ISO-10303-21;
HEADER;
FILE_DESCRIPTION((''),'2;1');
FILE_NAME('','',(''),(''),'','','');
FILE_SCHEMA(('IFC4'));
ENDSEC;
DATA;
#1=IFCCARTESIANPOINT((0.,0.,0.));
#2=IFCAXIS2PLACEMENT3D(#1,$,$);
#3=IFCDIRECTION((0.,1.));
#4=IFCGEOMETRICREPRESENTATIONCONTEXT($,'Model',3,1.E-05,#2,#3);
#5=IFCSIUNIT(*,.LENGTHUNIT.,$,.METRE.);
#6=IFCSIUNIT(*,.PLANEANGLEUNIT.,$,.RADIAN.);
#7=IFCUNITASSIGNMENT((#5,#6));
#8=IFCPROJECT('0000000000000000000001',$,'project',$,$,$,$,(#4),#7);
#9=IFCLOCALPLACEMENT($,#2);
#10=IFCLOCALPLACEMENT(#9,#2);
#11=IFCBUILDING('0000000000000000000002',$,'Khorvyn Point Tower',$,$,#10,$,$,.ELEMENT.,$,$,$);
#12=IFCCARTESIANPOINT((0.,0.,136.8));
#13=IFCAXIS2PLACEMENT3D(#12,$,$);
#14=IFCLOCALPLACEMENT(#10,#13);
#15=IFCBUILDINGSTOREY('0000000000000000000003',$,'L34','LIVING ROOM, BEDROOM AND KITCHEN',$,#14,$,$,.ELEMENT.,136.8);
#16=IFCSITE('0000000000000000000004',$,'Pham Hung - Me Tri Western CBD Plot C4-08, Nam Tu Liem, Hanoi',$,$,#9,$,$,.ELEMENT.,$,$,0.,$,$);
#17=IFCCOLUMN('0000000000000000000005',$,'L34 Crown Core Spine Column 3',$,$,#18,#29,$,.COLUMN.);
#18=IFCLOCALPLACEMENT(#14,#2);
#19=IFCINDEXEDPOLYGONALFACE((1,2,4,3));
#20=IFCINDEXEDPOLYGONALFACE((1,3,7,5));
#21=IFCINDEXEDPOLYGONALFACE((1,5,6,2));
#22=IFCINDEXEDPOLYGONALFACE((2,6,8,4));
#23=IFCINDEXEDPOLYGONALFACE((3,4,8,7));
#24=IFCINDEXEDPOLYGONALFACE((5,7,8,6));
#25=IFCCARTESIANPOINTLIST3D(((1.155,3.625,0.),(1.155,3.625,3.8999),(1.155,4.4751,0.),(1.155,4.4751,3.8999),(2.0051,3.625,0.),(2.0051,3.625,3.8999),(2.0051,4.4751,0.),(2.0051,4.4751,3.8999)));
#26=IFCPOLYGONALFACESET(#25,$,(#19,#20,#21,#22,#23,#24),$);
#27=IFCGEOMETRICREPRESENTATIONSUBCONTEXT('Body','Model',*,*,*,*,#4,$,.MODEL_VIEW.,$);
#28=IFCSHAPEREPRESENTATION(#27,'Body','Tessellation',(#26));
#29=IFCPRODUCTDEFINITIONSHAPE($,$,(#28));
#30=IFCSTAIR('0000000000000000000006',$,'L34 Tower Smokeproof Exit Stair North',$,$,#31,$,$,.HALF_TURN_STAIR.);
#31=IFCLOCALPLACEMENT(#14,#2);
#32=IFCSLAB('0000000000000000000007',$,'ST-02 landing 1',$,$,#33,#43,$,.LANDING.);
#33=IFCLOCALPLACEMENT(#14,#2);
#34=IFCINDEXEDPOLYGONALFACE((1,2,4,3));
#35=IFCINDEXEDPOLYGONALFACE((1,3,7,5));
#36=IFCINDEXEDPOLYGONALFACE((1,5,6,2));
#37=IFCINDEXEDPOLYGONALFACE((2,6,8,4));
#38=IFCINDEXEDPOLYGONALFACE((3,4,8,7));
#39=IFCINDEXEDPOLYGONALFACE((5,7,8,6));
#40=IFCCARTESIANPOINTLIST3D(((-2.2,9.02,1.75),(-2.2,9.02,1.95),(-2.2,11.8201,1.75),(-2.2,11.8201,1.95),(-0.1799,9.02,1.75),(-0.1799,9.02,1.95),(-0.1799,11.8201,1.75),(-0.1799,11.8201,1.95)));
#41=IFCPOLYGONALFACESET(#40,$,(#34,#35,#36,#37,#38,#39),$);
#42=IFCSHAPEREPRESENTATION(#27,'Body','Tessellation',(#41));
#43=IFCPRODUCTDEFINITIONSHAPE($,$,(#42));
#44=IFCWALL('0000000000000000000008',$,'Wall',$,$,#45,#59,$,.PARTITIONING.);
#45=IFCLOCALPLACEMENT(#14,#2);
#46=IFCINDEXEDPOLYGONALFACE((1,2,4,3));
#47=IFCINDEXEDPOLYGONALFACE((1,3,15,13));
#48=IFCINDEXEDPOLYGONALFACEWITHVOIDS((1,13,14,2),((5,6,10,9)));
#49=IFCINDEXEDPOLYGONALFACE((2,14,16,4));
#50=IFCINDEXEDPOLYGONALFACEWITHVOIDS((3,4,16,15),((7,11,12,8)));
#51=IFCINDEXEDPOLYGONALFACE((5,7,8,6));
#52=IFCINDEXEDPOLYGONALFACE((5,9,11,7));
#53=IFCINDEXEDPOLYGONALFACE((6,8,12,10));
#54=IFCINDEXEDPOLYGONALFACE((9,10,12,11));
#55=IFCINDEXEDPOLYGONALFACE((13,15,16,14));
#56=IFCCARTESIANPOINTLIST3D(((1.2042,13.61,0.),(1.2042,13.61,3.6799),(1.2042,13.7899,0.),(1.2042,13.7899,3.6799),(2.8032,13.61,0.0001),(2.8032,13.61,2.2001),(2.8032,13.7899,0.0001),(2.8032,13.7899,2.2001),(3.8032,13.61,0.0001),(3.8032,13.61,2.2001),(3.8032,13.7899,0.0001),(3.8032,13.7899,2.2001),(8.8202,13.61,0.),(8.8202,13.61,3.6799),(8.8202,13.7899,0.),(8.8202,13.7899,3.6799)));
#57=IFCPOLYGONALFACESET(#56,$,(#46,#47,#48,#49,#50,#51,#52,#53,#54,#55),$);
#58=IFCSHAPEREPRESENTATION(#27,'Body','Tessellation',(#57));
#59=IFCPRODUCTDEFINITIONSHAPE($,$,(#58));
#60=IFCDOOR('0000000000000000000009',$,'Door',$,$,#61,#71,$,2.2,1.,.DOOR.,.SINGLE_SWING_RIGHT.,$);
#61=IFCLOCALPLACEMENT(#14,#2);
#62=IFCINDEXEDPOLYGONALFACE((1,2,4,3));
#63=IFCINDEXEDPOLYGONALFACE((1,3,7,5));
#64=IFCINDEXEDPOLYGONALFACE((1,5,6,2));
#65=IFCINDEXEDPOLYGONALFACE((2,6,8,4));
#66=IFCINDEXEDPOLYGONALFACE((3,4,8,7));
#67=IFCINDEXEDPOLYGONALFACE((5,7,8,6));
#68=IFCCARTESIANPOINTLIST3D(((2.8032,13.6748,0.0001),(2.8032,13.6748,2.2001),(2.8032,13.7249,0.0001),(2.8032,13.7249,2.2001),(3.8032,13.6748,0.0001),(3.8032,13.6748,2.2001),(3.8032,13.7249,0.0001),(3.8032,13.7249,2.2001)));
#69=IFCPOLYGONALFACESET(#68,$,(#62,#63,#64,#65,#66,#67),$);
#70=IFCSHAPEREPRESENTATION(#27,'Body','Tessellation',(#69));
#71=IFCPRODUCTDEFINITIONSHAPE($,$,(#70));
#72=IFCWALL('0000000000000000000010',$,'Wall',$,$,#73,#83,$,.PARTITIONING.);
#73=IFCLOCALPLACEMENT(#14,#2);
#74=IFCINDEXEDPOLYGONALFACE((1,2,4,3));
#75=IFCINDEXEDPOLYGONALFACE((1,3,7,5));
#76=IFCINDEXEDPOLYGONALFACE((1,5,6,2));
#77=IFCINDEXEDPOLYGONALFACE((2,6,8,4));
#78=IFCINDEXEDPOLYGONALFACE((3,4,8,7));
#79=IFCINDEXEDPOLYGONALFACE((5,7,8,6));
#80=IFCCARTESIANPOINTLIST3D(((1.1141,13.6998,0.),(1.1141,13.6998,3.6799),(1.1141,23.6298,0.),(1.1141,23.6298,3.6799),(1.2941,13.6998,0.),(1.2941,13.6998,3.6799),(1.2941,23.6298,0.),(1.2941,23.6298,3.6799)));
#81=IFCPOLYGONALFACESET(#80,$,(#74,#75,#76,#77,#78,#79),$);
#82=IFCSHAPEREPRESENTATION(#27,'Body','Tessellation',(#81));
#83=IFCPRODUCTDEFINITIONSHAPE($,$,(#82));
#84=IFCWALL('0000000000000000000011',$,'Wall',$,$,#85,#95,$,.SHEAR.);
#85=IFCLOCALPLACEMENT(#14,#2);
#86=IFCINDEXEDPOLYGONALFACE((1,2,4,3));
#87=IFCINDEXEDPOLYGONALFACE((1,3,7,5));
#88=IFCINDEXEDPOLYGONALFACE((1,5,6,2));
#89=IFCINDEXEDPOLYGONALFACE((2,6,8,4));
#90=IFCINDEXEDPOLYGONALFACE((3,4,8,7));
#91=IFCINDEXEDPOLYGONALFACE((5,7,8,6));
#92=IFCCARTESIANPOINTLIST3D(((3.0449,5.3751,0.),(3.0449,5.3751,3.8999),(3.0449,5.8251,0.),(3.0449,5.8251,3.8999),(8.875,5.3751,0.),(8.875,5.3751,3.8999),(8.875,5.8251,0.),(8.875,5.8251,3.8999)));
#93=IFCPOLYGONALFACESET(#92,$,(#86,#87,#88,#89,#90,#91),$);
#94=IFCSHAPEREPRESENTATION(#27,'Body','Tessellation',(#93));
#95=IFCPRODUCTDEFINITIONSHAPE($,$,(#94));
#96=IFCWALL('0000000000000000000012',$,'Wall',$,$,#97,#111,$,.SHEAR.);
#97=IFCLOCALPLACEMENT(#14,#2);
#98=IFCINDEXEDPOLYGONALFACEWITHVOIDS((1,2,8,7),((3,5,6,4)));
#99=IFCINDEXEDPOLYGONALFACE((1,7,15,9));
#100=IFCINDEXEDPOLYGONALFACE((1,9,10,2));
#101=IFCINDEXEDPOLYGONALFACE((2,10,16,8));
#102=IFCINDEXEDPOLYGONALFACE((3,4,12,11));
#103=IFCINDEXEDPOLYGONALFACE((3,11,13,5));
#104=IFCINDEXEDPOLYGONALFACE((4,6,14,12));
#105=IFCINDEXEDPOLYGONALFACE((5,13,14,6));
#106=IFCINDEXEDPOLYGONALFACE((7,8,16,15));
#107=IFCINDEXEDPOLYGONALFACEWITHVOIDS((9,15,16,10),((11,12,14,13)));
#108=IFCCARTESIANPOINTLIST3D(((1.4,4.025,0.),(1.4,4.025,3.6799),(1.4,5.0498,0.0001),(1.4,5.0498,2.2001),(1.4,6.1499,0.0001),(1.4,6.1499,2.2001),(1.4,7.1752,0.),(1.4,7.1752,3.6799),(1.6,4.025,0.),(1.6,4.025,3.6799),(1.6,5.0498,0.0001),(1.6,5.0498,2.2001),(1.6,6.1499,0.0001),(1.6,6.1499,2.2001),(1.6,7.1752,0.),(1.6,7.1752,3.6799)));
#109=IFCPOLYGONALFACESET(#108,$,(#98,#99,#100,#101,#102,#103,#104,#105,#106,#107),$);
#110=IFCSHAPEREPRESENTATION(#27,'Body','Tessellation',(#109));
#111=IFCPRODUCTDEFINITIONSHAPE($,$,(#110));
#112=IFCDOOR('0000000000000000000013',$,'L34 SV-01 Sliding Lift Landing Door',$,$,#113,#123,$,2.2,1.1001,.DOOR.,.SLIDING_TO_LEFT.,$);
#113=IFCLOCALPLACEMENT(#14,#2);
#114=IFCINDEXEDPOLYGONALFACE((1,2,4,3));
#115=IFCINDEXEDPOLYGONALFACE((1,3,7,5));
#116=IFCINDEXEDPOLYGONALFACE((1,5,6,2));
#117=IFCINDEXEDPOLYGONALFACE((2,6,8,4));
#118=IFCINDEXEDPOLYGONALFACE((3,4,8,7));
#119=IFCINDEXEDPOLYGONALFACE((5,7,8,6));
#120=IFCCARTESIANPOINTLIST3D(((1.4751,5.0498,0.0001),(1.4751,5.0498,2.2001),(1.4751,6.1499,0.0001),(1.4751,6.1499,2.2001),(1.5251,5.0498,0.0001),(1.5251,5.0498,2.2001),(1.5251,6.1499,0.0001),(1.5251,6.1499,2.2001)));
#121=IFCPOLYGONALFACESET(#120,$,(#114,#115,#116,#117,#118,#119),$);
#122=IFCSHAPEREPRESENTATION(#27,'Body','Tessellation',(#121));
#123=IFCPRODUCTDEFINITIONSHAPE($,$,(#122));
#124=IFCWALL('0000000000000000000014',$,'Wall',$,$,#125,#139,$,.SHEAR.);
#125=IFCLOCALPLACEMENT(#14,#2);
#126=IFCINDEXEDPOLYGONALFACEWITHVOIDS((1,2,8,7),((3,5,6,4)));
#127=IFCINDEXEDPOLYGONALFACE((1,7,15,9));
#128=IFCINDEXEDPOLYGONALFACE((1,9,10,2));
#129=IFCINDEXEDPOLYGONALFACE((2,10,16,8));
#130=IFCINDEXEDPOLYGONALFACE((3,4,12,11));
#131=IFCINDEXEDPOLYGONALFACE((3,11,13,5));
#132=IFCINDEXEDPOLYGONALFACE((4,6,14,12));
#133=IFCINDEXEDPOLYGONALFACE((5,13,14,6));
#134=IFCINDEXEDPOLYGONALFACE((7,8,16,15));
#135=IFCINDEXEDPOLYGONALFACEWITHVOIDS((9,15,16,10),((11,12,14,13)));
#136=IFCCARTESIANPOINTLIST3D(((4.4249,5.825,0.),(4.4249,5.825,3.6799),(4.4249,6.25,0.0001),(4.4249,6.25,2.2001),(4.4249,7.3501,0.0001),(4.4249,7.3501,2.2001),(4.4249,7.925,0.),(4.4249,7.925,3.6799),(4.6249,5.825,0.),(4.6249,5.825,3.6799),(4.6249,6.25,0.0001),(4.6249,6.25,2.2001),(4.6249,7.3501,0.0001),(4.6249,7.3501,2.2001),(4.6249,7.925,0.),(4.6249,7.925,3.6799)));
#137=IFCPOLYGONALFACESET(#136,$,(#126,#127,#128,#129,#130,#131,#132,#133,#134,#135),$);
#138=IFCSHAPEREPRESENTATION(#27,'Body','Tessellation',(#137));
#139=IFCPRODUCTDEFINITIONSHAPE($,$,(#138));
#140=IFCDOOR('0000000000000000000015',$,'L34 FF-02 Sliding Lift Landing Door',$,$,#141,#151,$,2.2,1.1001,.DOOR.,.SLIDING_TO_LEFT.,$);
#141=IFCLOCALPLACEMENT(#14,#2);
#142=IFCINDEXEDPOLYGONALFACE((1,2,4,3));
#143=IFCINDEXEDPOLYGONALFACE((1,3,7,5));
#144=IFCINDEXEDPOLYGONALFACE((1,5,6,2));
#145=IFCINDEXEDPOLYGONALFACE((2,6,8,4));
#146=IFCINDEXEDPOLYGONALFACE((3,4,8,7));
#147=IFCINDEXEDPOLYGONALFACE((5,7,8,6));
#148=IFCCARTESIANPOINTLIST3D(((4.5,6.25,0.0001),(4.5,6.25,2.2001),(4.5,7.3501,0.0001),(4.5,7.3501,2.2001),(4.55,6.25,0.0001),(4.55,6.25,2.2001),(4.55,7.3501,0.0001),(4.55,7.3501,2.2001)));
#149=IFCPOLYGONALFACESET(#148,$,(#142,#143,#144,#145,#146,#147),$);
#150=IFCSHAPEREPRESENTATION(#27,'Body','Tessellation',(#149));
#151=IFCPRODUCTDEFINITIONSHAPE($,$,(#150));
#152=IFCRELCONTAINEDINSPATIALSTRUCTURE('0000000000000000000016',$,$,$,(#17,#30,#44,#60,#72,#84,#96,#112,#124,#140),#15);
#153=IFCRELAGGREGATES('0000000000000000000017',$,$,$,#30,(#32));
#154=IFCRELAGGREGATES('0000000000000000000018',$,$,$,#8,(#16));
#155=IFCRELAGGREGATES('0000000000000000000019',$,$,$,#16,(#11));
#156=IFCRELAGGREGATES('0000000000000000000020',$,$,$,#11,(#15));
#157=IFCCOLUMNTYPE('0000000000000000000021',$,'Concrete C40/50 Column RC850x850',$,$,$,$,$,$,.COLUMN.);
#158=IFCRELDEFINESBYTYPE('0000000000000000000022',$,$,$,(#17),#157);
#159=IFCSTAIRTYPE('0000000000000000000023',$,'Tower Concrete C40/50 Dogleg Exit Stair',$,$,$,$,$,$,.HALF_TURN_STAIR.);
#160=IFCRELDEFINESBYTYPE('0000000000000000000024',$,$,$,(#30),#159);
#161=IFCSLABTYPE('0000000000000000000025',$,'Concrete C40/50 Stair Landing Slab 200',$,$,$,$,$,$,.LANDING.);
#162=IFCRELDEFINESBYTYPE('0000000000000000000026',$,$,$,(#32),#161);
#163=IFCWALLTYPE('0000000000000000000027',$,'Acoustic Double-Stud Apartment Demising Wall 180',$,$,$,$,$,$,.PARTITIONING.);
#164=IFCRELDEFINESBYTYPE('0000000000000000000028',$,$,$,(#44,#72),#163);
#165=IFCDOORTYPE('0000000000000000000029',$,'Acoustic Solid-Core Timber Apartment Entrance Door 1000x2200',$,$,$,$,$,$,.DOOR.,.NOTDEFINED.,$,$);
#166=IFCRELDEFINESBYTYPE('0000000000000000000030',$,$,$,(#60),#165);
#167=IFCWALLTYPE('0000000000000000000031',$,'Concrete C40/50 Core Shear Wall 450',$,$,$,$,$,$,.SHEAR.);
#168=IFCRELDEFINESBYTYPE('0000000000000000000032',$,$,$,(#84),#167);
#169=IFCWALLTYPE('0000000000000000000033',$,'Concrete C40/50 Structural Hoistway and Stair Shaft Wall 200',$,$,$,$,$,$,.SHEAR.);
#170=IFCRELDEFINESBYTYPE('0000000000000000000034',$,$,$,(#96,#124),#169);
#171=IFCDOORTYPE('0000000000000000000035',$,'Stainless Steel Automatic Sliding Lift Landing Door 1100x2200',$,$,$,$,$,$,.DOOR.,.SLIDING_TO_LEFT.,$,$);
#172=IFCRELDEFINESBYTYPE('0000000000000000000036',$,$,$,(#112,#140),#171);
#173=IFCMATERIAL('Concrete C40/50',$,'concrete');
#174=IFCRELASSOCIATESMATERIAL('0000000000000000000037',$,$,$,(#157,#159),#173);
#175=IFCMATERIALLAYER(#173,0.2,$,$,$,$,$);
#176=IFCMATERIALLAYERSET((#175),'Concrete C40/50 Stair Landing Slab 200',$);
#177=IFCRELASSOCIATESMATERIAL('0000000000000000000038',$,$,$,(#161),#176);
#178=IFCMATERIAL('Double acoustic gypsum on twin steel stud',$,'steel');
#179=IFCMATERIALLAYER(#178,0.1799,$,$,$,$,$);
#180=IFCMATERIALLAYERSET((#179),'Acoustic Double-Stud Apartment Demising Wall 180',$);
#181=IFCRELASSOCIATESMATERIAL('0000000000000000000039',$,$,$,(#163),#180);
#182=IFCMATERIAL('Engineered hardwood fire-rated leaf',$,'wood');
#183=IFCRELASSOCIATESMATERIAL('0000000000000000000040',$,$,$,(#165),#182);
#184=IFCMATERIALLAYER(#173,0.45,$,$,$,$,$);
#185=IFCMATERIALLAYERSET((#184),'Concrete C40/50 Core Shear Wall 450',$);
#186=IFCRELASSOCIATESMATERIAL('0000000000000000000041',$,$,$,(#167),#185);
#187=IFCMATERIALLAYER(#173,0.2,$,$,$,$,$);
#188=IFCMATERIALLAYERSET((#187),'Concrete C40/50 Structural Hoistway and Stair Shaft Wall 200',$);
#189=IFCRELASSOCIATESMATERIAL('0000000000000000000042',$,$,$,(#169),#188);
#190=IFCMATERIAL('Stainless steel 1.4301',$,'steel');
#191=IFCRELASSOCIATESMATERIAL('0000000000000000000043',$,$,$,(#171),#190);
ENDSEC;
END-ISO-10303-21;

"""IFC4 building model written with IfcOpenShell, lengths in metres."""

from ifc_helpers import new_model, si_unit, direction, frame, frame_2d, origin, origin_2d, place, context, subcontext, project, spatial, polyline, rectangle, outline, extrude, material, layer, layer_set, material_profile, profile_set, type_object, element, fill, aggregate, save


model = new_model("IFC4")

# Units and contexts
model_context = context("Model", 3, precision=1e-05, world=origin(), true_north=direction((0.0, 1.0)))
body_context = subcontext(model_context, "Body", "Model", "MODEL_VIEW")
ifc_project = project(units=[si_unit("LENGTHUNIT", "METRE"), si_unit("PLANEANGLEUNIT", "RADIAN")], contexts=[model_context])

# Site, building, storey
site_placement = place(None, origin())
site = spatial("IfcSite", under=ifc_project, at=site_placement, Name="Pham Hung - Me Tri Western CBD Plot C4-08, Nam Tu Liem, Hanoi", CompositionType="ELEMENT", RefElevation=0.0)
building_placement = place(site_placement, origin())
building = spatial("IfcBuilding", under=site, at=building_placement, Name="Khorvyn Point Tower", CompositionType="ELEMENT")
storey_placement = place(building_placement, frame((0.0, 0.0, 136.8)))
storey = spatial("IfcBuildingStorey", under=building, at=storey_placement, Name="L34", Description="LIVING ROOM, BEDROOM AND KITCHEN", CompositionType="ELEMENT", Elevation=136.8)

# Column
ifc_material_1 = material(Name="Concrete C40/50", Category="concrete")
ifc_material_profile = material_profile(ifc_material_1, rectangle(XDim=0.8501, YDim=0.8501, at=origin_2d()))
ifc_profile_set = profile_set([ifc_material_profile], Name="Concrete C40/50 RC850x850")
column_type = type_object("IfcColumnType", Name="Concrete C40/50 Column RC850x850", PredefinedType="COLUMN", material=ifc_profile_set)
column_placement = place(storey_placement, frame((1.5801, 4.05, 0.0), z_axis=(0.0, 0.0, 1.0), x_axis=(1.0, 0.0, 0.0)))
element("IfcColumn", 1, at=column_placement, inside=storey, type_object=column_type, Name="L34 Crown Core Spine Column 3", PredefinedType="COLUMN", context=body_context, shape_type="SweptSolid", body=[
    extrude(rectangle(XDim=0.8501, YDim=0.8501, at=origin_2d()), origin(), (0.0, 0.0, 1.0), 3.8999),
])

# Stair, slab
stair_type = type_object("IfcStairType", Name="Tower Concrete C40/50 Dogleg Exit Stair", PredefinedType="HALF_TURN_STAIR", material=ifc_material_1)
stair_placement = place(storey_placement, origin())
stair = element("IfcStair", 2, at=stair_placement, inside=storey, type_object=stair_type, Name="L34 Tower Smokeproof Exit Stair North", PredefinedType="HALF_TURN_STAIR")
ifc_layer_1 = layer(ifc_material_1, 0.2)
ifc_layer_set_1 = layer_set([ifc_layer_1], Name="Concrete C40/50 Stair Landing Slab 200")
slab_type = type_object("IfcSlabType", Name="Concrete C40/50 Stair Landing Slab 200", PredefinedType="LANDING", material=ifc_layer_set_1)
slab_placement = place(storey_placement, frame((0.0, 0.0, 1.75)))
slab = element("IfcSlab", 3, at=slab_placement, type_object=slab_type, Name="ST-02 landing 1", PredefinedType="LANDING", context=body_context, shape_type="SweptSolid", body=[
    extrude(outline(polyline([(-0.1799, 11.8201), (-2.2, 11.8201), (-2.2, 9.02), (-0.1799, 9.02), (-0.1799, 11.8201)])), origin(), (0.0, 0.0, 1.0), 0.2),
])

# Wall, opening, door
ifc_material_2 = material(Name="Double acoustic gypsum on twin steel stud", Category="steel")
ifc_layer_2 = layer(ifc_material_2, 0.1799)
ifc_layer_set_2 = layer_set([ifc_layer_2], Name="Acoustic Double-Stud Apartment Demising Wall 180")
wall_type_1 = type_object("IfcWallType", Name="Acoustic Double-Stud Apartment Demising Wall 180", PredefinedType="PARTITIONING", material=ifc_layer_set_2)
wall_1_placement = place(storey_placement, frame((1.2041, 13.7, 0.0), z_axis=(0.0, 0.0, 1.0), x_axis=(1.0, 0.0, 0.0)))
wall_1 = element("IfcWall", 4, at=wall_1_placement, inside=storey, type_object=wall_type_1, Name="Wall", PredefinedType="PARTITIONING", context=body_context, shape_type="SweptSolid", body=[
    extrude(rectangle(XDim=7.616, YDim=0.1799, at=frame_2d((3.8081, 0.0))), origin(), (0.0, 0.0, 1.0), 3.6799),
])
opening_1_placement = place(wall_1_placement, frame((1.5991, 0.0, 0.0)))
opening_1 = element("IfcOpeningElement", 5, at=opening_1_placement, cuts=wall_1, PredefinedType="OPENING", context=body_context, shape_type="SweptSolid", body=[
    extrude(rectangle(XDim=1.0, YDim=2.2, at=frame_2d((0.5, 1.1001))), frame((0.0, 0.0999, 0.0), z_axis=(0.0, -1.0, 0.0), x_axis=(1.0, 0.0, 0.0)), (0.0, 0.0, 1.0), 0.2),
])
ifc_material_3 = material(Name="Engineered hardwood fire-rated leaf", Category="wood")
door_type_1 = type_object("IfcDoorType", Name="Acoustic Solid-Core Timber Apartment Entrance Door 1000x2200", OperationType="NOTDEFINED", PredefinedType="DOOR", material=ifc_material_3)
door_1_placement = place(opening_1_placement, origin())
door_1 = element("IfcDoor", 6, at=door_1_placement, inside=storey, type_object=door_type_1, Name="Door", OperationType="SINGLE_SWING_RIGHT", OverallHeight=2.2, OverallWidth=1.0, PredefinedType="DOOR", context=body_context, shape_type="SweptSolid", body=[
    extrude(rectangle(XDim=1.0, YDim=2.2, at=frame_2d((0.5, 1.1001))), frame((0.0, 0.0249, 0.0), z_axis=(0.0, -1.0, 0.0), x_axis=(1.0, 0.0, 0.0)), (0.0, 0.0, 1.0), 0.05),
])
fill(opening_1, door_1)

# Walls
wall_2_placement = place(storey_placement, frame((1.2041, 13.7, 0.0), z_axis=(0.0, 0.0, 1.0), x_axis=(0.0, 1.0, 0.0)))
element("IfcWall", 7, at=wall_2_placement, inside=storey, type_object=wall_type_1, Name="Wall", PredefinedType="PARTITIONING", context=body_context, shape_type="SweptSolid", body=[
    extrude(rectangle(XDim=9.9299, YDim=0.1799, at=frame_2d((4.9648, 0.0))), origin(), (0.0, 0.0, 1.0), 3.6799),
])
ifc_layer_3 = layer(ifc_material_1, 0.45)
ifc_layer_set_3 = layer_set([ifc_layer_3], Name="Concrete C40/50 Core Shear Wall 450")
wall_type_2 = type_object("IfcWallType", Name="Concrete C40/50 Core Shear Wall 450", PredefinedType="SHEAR", material=ifc_layer_set_3)
wall_3_placement = place(storey_placement, frame((3.0449, 5.6001, 0.0), z_axis=(0.0, 0.0, 1.0), x_axis=(1.0, 0.0, 0.0)))
element("IfcWall", 8, at=wall_3_placement, inside=storey, type_object=wall_type_2, Name="Wall", PredefinedType="SHEAR", context=body_context, shape_type="SweptSolid", body=[
    extrude(rectangle(XDim=5.8301, YDim=0.45, at=frame_2d((2.915, 0.0))), origin(), (0.0, 0.0, 1.0), 3.8999),
])

# Walls, openings, doors
ifc_layer_4 = layer(ifc_material_1, 0.2)
ifc_layer_set_4 = layer_set([ifc_layer_4], Name="Concrete C40/50 Structural Hoistway and Stair Shaft Wall 200")
wall_type_3 = type_object("IfcWallType", Name="Concrete C40/50 Structural Hoistway and Stair Shaft Wall 200", PredefinedType="SHEAR", material=ifc_layer_set_4)
wall_4_placement = place(storey_placement, frame((1.5, 4.0249, 0.0), z_axis=(0.0, 0.0, 1.0), x_axis=(0.0, 1.0, 0.0)))
wall_4 = element("IfcWall", 9, at=wall_4_placement, inside=storey, type_object=wall_type_3, Name="Wall", PredefinedType="SHEAR", context=body_context, shape_type="SweptSolid", body=[
    extrude(rectangle(XDim=3.1501, YDim=0.2, at=frame_2d((1.5752, 0.0))), origin(), (0.0, 0.0, 1.0), 3.6799),
])
opening_2_placement = place(wall_4_placement, frame((1.0249, 0.0, 0.0)))
opening_2 = element("IfcOpeningElement", 10, at=opening_2_placement, cuts=wall_4, PredefinedType="OPENING", context=body_context, shape_type="SweptSolid", body=[
    extrude(rectangle(XDim=1.1001, YDim=2.2, at=frame_2d((0.55, 1.1001))), frame((0.0, 0.1099, 0.0), z_axis=(0.0, -1.0, 0.0), x_axis=(1.0, 0.0, 0.0)), (0.0, 0.0, 1.0), 0.22),
])
ifc_material_4 = material(Name="Stainless steel 1.4301", Category="steel")
door_type_2 = type_object("IfcDoorType", Name="Stainless Steel Automatic Sliding Lift Landing Door 1100x2200", OperationType="SLIDING_TO_LEFT", PredefinedType="DOOR", material=ifc_material_4)
door_2_placement = place(opening_2_placement, origin())
door_2 = element("IfcDoor", 11, at=door_2_placement, inside=storey, type_object=door_type_2, Name="L34 SV-01 Sliding Lift Landing Door", OperationType="SLIDING_TO_LEFT", OverallHeight=2.2, OverallWidth=1.1001, PredefinedType="DOOR", context=body_context, shape_type="SweptSolid", body=[
    extrude(rectangle(XDim=1.1001, YDim=2.2, at=frame_2d((0.55, 1.1001))), frame((0.0, 0.0249, 0.0), z_axis=(0.0, -1.0, 0.0), x_axis=(1.0, 0.0, 0.0)), (0.0, 0.0, 1.0), 0.05),
])
fill(opening_2, door_2)
wall_5_placement = place(storey_placement, frame((4.5249, 5.825, 0.0), z_axis=(0.0, 0.0, 1.0), x_axis=(0.0, 1.0, 0.0)))
wall_5 = element("IfcWall", 12, at=wall_5_placement, inside=storey, type_object=wall_type_3, Name="Wall", PredefinedType="SHEAR", context=body_context, shape_type="SweptSolid", body=[
    extrude(rectangle(XDim=2.1001, YDim=0.2, at=frame_2d((1.05, 0.0))), origin(), (0.0, 0.0, 1.0), 3.6799),
])
opening_3_placement = place(wall_5_placement, frame((0.425, 0.0, 0.0)))
opening_3 = element("IfcOpeningElement", 13, at=opening_3_placement, cuts=wall_5, PredefinedType="OPENING", context=body_context, shape_type="SweptSolid", body=[
    extrude(rectangle(XDim=1.1001, YDim=2.2, at=frame_2d((0.55, 1.1001))), frame((0.0, 0.1099, 0.0), z_axis=(0.0, -1.0, 0.0), x_axis=(1.0, 0.0, 0.0)), (0.0, 0.0, 1.0), 0.22),
])
door_3_placement = place(opening_3_placement, origin())
door_3 = element("IfcDoor", 14, at=door_3_placement, inside=storey, type_object=door_type_2, Name="L34 FF-02 Sliding Lift Landing Door", OperationType="SLIDING_TO_LEFT", OverallHeight=2.2, OverallWidth=1.1001, PredefinedType="DOOR", context=body_context, shape_type="SweptSolid", body=[
    extrude(rectangle(XDim=1.1001, YDim=2.2, at=frame_2d((0.55, 1.1001))), frame((0.0, 0.0249, 0.0), z_axis=(0.0, -1.0, 0.0), x_axis=(1.0, 0.0, 0.0)), (0.0, 0.0, 1.0), 0.05),
])
fill(opening_3, door_3)

aggregate(stair, [slab])

save(model, "model.ifc")
